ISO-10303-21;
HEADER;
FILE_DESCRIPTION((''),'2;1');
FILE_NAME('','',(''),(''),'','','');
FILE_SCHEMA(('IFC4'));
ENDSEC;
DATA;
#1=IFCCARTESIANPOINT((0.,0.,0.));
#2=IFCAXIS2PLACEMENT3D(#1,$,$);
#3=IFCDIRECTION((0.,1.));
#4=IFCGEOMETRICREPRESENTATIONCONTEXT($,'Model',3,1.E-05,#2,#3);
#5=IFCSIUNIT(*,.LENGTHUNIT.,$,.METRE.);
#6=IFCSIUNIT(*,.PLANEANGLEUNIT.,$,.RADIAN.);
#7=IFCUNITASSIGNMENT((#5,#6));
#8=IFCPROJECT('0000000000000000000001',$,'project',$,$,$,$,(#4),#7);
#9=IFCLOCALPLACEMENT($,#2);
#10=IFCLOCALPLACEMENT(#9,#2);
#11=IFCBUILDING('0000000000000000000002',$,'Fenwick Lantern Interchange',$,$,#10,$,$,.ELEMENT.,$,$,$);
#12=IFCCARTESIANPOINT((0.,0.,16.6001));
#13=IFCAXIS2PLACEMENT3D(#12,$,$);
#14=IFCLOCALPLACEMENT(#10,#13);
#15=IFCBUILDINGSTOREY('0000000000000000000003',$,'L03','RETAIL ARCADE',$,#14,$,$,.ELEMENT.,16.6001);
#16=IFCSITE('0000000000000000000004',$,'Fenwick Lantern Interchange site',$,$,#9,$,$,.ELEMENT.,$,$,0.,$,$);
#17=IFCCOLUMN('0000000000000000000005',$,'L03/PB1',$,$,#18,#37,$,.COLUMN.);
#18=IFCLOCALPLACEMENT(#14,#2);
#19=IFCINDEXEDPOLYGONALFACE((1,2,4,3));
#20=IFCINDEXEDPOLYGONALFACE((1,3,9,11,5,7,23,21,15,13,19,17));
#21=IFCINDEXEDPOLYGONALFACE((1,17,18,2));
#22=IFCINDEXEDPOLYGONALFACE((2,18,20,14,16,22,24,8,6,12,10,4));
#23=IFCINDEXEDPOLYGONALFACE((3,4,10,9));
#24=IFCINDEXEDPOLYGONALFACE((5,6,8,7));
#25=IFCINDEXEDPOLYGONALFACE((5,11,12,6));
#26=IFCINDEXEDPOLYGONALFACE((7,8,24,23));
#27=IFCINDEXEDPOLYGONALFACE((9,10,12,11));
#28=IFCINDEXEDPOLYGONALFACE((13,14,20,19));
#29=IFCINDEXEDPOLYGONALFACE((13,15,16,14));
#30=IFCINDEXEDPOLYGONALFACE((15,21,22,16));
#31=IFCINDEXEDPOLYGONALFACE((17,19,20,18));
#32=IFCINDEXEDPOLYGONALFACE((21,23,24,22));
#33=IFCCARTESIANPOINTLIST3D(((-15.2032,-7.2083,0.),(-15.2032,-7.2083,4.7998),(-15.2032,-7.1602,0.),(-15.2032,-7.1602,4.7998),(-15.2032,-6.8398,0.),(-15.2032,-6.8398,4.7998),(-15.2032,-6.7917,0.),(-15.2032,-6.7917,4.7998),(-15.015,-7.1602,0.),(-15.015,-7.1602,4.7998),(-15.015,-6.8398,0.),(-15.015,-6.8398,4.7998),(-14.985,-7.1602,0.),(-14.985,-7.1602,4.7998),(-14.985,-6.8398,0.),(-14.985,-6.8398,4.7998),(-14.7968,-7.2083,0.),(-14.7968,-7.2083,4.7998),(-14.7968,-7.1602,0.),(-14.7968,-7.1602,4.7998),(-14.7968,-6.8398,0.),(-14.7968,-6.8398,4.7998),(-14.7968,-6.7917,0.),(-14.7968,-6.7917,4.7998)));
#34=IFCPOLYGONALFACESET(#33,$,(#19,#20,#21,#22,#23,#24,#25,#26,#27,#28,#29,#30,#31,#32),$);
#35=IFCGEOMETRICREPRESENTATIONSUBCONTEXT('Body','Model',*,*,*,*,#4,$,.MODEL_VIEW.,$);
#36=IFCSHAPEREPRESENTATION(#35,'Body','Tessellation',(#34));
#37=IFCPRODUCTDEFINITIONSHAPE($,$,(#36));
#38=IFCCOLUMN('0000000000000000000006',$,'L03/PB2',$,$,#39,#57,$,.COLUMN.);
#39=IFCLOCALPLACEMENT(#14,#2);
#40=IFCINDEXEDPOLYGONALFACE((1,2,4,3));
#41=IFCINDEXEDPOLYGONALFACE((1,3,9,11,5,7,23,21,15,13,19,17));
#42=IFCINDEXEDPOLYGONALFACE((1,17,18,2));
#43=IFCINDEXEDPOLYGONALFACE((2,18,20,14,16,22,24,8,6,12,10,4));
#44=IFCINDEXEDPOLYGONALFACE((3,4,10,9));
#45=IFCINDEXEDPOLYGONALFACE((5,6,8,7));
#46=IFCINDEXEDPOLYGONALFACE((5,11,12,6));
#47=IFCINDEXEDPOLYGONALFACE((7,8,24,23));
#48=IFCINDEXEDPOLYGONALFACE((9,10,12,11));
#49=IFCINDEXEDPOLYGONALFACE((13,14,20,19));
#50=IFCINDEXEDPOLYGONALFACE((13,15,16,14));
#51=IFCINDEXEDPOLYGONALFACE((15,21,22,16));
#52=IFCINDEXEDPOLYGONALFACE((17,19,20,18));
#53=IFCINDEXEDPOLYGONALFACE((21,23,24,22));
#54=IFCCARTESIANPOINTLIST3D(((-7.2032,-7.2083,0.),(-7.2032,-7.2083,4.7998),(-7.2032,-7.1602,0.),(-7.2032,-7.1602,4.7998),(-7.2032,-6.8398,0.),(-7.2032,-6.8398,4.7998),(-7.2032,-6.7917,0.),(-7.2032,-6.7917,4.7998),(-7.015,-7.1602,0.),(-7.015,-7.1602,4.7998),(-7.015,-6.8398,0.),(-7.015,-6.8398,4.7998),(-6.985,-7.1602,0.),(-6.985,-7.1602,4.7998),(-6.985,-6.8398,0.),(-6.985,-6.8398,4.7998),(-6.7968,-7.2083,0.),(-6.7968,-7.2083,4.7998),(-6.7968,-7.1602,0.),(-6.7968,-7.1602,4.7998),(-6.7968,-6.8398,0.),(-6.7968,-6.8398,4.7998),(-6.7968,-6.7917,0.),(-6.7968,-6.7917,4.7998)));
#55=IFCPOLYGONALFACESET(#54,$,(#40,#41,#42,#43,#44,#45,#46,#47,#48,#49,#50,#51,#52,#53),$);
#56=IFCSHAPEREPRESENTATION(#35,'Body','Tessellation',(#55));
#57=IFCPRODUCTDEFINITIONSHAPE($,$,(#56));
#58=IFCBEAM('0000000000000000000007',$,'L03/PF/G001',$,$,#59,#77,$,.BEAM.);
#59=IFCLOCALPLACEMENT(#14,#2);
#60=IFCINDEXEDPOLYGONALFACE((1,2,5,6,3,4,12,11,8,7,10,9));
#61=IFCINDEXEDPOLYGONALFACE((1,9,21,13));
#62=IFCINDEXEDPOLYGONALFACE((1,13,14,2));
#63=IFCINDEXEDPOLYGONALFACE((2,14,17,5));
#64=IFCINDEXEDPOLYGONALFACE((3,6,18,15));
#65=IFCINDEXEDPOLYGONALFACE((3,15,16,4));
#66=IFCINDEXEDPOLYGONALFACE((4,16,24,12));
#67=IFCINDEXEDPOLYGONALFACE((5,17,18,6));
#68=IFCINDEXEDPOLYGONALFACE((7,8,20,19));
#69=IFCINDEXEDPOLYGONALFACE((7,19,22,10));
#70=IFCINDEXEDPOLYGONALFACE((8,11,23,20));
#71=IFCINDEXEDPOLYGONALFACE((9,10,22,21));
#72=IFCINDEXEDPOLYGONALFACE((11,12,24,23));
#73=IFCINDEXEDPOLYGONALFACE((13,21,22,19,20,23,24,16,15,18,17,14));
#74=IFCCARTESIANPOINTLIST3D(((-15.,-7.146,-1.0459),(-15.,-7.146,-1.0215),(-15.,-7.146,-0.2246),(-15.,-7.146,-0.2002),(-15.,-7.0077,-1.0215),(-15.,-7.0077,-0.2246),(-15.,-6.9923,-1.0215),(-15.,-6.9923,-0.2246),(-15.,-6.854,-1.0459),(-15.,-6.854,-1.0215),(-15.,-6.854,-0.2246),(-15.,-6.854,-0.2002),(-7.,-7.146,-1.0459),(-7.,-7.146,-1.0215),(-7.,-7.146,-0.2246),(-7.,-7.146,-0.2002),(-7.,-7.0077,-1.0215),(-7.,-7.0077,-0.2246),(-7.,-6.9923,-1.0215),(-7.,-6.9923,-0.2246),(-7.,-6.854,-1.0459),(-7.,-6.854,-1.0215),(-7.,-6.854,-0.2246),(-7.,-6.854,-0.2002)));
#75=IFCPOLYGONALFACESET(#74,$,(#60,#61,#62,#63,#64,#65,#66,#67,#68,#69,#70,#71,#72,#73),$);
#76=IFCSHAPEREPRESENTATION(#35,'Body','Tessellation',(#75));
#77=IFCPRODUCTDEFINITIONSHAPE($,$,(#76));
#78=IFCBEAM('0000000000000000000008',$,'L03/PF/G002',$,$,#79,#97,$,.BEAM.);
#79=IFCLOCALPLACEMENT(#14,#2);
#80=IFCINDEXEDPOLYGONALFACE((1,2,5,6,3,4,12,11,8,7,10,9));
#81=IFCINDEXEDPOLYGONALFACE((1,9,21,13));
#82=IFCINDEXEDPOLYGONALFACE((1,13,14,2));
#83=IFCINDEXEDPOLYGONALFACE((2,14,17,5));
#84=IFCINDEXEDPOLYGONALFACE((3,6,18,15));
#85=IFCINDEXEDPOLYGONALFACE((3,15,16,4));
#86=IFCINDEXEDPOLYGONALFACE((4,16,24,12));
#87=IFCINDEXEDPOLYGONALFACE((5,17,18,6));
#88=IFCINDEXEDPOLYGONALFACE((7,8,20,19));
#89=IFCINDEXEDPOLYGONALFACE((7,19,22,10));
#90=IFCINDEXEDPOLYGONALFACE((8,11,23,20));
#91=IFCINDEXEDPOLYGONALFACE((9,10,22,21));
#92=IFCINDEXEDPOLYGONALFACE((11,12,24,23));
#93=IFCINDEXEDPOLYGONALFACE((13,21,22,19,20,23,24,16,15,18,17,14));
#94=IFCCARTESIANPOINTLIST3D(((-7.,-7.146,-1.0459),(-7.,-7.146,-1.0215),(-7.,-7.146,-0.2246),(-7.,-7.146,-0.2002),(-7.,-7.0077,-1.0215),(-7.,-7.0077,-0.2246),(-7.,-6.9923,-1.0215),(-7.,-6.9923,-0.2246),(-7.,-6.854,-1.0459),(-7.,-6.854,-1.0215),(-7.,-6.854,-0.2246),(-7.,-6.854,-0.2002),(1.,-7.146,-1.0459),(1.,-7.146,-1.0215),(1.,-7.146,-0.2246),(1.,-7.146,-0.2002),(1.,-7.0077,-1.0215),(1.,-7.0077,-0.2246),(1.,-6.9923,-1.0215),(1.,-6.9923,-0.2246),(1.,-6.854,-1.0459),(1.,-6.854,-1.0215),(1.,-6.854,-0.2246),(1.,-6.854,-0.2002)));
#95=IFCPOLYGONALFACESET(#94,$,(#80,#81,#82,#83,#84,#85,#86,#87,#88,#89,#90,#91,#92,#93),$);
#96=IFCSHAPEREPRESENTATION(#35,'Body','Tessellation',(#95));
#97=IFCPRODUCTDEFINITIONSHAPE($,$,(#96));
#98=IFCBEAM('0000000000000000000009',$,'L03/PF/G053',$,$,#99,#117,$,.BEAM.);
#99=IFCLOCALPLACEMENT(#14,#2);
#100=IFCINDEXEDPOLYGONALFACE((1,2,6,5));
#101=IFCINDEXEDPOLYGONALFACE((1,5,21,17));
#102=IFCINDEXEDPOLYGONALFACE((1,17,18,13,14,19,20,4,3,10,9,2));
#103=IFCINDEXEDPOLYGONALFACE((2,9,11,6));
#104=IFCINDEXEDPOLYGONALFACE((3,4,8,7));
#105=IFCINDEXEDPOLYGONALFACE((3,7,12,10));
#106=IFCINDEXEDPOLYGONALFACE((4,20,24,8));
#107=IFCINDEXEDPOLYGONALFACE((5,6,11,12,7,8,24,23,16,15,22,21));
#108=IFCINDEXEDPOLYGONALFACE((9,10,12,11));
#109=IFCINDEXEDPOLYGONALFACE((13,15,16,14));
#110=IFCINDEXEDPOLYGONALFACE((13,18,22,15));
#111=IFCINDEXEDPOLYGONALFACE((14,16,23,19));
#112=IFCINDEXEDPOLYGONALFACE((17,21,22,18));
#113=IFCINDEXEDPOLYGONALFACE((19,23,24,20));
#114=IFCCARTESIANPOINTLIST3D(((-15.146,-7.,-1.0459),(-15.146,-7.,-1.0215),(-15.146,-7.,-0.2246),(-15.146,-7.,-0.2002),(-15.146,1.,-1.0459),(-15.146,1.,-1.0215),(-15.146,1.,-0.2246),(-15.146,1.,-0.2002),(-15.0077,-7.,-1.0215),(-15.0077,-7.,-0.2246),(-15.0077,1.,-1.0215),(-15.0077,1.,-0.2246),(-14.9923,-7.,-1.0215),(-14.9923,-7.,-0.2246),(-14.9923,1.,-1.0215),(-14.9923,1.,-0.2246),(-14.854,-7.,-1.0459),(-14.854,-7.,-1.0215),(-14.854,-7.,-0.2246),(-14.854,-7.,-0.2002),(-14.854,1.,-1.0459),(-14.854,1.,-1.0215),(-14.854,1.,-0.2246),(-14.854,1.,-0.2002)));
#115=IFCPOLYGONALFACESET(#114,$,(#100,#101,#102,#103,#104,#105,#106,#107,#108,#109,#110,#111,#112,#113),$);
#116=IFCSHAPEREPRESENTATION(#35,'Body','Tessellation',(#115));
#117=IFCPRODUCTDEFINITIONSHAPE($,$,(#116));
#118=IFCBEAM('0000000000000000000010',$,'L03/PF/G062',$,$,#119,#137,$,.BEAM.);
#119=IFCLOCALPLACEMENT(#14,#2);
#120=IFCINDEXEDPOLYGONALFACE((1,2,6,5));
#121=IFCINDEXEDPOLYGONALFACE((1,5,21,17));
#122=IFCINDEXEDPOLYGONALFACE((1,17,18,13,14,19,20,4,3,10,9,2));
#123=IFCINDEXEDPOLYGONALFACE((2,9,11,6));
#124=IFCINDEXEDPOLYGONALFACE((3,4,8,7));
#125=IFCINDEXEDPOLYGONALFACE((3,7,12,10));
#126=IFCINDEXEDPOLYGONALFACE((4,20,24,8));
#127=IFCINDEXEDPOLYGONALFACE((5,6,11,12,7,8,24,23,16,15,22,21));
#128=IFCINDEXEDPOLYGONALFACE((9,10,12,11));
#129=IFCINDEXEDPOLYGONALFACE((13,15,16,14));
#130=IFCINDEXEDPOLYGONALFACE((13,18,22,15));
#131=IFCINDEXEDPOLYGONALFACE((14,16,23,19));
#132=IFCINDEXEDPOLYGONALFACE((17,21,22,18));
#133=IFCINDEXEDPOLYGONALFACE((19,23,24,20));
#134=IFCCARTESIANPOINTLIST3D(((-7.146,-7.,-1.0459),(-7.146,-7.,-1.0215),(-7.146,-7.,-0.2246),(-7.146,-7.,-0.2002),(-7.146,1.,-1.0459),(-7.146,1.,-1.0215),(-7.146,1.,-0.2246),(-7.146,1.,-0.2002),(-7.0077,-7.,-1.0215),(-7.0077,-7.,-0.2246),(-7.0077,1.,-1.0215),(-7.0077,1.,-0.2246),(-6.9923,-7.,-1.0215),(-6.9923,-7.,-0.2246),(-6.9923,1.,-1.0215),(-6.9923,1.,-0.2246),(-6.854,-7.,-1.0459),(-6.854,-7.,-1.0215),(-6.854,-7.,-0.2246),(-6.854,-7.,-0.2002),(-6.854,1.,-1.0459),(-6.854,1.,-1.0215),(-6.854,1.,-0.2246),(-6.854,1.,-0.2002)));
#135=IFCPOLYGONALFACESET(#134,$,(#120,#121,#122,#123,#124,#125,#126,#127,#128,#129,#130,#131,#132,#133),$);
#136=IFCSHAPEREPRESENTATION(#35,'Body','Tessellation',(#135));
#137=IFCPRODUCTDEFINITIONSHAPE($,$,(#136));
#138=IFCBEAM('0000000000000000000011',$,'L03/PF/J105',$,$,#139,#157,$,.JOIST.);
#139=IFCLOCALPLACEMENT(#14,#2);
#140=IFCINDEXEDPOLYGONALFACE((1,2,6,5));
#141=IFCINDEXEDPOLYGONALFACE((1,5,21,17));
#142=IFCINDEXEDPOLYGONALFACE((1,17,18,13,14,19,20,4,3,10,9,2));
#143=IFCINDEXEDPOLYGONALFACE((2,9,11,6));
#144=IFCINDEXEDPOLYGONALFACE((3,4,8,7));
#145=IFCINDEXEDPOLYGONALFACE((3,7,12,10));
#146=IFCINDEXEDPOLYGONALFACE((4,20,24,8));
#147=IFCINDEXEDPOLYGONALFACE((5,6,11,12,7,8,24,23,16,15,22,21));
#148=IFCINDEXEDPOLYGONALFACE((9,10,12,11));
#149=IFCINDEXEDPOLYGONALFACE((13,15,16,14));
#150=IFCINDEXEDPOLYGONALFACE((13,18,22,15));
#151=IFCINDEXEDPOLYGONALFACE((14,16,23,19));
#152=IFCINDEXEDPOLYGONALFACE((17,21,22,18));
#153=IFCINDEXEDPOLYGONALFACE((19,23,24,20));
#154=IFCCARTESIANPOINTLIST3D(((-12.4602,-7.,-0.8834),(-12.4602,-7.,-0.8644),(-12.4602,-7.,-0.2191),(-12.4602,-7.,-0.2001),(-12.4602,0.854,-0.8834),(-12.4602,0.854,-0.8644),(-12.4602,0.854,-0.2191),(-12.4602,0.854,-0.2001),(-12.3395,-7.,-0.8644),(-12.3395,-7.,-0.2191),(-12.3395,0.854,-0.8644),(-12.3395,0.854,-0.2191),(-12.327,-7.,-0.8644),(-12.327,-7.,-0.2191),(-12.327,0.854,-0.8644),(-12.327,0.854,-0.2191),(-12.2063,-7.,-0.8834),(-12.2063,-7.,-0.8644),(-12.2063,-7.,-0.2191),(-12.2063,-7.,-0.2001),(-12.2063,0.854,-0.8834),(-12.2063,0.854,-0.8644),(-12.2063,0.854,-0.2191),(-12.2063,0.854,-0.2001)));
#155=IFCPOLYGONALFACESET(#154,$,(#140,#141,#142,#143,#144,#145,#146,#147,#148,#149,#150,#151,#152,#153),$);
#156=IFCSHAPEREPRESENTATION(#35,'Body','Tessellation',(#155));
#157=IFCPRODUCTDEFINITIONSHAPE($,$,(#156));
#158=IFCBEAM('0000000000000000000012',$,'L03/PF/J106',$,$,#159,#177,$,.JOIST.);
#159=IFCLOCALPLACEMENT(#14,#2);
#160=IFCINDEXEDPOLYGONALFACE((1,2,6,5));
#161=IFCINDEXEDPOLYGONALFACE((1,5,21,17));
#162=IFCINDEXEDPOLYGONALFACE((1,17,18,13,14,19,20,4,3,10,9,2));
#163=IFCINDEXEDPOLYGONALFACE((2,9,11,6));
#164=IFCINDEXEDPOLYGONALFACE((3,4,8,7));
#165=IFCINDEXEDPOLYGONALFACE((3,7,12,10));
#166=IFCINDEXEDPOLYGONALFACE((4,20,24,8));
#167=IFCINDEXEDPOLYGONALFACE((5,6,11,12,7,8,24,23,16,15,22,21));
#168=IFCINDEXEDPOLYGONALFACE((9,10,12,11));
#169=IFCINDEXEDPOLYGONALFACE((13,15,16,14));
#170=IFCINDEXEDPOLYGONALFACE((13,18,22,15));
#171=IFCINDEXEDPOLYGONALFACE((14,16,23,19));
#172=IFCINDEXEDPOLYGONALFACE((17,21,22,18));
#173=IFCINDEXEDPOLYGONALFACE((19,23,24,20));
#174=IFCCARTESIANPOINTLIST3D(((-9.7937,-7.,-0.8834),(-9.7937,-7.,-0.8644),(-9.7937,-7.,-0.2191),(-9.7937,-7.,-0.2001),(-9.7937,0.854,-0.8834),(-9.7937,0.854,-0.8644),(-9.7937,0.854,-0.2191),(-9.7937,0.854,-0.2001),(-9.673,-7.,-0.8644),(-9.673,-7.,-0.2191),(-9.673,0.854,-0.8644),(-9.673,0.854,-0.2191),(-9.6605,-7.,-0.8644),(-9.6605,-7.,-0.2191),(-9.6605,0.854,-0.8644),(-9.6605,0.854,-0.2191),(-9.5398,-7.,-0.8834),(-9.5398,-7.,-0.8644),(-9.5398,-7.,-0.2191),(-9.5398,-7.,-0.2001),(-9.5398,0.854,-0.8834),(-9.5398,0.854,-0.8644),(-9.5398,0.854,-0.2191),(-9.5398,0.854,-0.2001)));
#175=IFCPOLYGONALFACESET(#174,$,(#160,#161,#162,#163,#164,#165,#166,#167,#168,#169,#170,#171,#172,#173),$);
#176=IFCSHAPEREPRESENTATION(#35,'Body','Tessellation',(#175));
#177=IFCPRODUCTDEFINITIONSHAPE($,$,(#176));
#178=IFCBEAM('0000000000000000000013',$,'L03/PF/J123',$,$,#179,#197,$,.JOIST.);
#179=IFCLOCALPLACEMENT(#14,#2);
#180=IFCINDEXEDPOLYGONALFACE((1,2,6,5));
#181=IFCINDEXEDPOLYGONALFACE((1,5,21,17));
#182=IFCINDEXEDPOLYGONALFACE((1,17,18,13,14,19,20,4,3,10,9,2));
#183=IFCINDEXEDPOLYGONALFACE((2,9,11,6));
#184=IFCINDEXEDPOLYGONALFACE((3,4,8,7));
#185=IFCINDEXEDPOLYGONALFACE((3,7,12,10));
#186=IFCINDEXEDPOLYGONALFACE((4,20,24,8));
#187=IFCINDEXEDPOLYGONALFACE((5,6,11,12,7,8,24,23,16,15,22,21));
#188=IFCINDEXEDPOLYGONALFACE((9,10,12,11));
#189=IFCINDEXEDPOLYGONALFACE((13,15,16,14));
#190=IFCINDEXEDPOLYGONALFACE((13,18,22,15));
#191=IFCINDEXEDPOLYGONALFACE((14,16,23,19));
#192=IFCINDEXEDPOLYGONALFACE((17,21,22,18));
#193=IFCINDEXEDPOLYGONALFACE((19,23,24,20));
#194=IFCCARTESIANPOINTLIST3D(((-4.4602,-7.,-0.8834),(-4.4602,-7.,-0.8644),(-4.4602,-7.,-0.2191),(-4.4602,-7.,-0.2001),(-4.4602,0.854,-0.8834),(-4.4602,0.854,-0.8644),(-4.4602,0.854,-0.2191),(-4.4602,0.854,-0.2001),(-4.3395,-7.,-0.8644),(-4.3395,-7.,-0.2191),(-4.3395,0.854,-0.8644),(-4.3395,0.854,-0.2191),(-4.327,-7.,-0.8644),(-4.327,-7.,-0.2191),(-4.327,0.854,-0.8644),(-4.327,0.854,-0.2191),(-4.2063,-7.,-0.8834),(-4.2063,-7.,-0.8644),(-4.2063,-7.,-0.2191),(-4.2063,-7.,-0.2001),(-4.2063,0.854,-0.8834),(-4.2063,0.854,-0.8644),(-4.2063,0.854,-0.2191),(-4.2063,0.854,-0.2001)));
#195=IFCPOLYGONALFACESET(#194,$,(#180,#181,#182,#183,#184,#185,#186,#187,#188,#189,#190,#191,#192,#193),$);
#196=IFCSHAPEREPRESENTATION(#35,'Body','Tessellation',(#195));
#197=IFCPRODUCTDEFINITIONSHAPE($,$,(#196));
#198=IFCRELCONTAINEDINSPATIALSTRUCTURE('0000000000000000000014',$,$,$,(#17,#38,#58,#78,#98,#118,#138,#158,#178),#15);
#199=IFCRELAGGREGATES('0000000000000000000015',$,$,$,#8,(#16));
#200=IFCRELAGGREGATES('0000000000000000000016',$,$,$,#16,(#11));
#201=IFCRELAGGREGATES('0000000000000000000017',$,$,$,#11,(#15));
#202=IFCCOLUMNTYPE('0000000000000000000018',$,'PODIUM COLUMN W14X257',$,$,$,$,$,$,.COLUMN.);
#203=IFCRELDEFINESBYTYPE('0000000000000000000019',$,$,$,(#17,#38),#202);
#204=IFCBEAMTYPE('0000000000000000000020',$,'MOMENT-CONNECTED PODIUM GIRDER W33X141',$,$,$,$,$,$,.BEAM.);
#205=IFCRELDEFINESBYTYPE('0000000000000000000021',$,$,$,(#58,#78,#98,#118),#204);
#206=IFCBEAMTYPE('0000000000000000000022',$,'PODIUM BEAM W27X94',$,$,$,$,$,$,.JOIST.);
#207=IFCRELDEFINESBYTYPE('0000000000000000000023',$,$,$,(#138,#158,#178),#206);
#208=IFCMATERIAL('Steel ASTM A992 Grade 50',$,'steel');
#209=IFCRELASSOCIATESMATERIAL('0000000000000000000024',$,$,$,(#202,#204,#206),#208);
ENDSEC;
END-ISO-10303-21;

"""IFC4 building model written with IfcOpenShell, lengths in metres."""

from ifc_helpers import new_model, si_unit, direction, frame, origin, origin_2d, place, context, subcontext, project, spatial, i_section, extrude, material, material_profile, profile_set, type_object, element, save


model = new_model("IFC4")

# Units and contexts
model_context = context("Model", 3, precision=1e-05, world=origin(), true_north=direction((0.0, 1.0)))
body_context = subcontext(model_context, "Body", "Model", "MODEL_VIEW")
ifc_project = project(units=[si_unit("LENGTHUNIT", "METRE"), si_unit("PLANEANGLEUNIT", "RADIAN")], contexts=[model_context])

# Site, building, storey
site_placement = place(None, origin())
site = spatial("IfcSite", under=ifc_project, at=site_placement, Name="Fenwick Lantern Interchange site", CompositionType="ELEMENT", RefElevation=0.0)
building_placement = place(site_placement, origin())
building = spatial("IfcBuilding", under=site, at=building_placement, Name="Fenwick Lantern Interchange", CompositionType="ELEMENT")
storey_placement = place(building_placement, frame((0.0, 0.0, 16.6001)))
storey = spatial("IfcBuildingStorey", under=building, at=storey_placement, Name="L03", Description="RETAIL ARCADE", CompositionType="ELEMENT", Elevation=16.6001)

# Columns
ifc_material_1 = material(Name="Steel ASTM A992 Grade 50", Category="steel")
ifc_material_profile_1 = material_profile(ifc_material_1, i_section(OverallWidth=0.4065, OverallDepth=0.4165, WebThickness=0.03, FlangeThickness=0.0481, at=origin_2d()), Name="W14X257")
ifc_profile_set_1 = profile_set([ifc_material_profile_1], Name="Steel ASTM A992 Grade 50")
column_type = type_object("IfcColumnType", Name="PODIUM COLUMN W14X257", PredefinedType="COLUMN", material=ifc_profile_set_1)
for number, where, z_axis, x_axis, name in (
    (1, (-15.0, -7.0, 0.0), (0.0, 0.0, 1.0), (1.0, 0.0, 0.0), "L03/PB1"),
    (2, (-7.0, -7.0, 0.0), (0.0, 0.0, 1.0), (1.0, 0.0, 0.0), "L03/PB2"),
):
    element("IfcColumn", number, at=place(storey_placement, frame(where, z_axis=z_axis, x_axis=x_axis)), inside=storey, type_object=column_type, Name=name, PredefinedType="COLUMN", context=body_context, shape_type="SweptSolid", body=[
        extrude(i_section(OverallWidth=0.4065, OverallDepth=0.4165, WebThickness=0.03, FlangeThickness=0.0481, at=origin_2d()), origin(), (0.0, 0.0, 1.0), 4.7998),
    ])

# Beams
ifc_material_profile_2 = material_profile(ifc_material_1, i_section(OverallWidth=0.292, OverallDepth=0.8457, WebThickness=0.0154, FlangeThickness=0.0244, at=origin_2d()), Name="W33X141")
ifc_profile_set_2 = profile_set([ifc_material_profile_2], Name="Steel ASTM A992 Grade 50")
beam_type_1 = type_object("IfcBeamType", Name="MOMENT-CONNECTED PODIUM GIRDER W33X141", PredefinedType="BEAM", material=ifc_profile_set_2)
for number, where, z_axis, x_axis, name in (
    (3, (-15.0, -7.0, -0.623), (1.0, 0.0, 0.0), (0.0, 1.0, 0.0), "L03/PF/G001"),
    (4, (-7.0, -7.0, -0.623), (1.0, 0.0, 0.0), (0.0, 1.0, 0.0), "L03/PF/G002"),
    (5, (-15.0, -7.0, -0.623), (0.0, 1.0, 0.0), (-1.0, 0.0, 0.0), "L03/PF/G053"),
    (6, (-7.0, -7.0, -0.623), (0.0, 1.0, 0.0), (-1.0, 0.0, 0.0), "L03/PF/G062"),
):
    element("IfcBeam", number, at=place(storey_placement, frame(where, z_axis=z_axis, x_axis=x_axis)), inside=storey, type_object=beam_type_1, Name=name, PredefinedType="BEAM", context=body_context, shape_type="SweptSolid", body=[
        extrude(i_section(OverallWidth=0.292, OverallDepth=0.8457, WebThickness=0.0154, FlangeThickness=0.0244, at=origin_2d()), origin(), (0.0, 0.0, 1.0), 8.0),
    ])
ifc_material_profile_3 = material_profile(ifc_material_1, i_section(OverallWidth=0.2539, OverallDepth=0.6833, WebThickness=0.0125, FlangeThickness=0.019, at=origin_2d()), Name="W27X94")
ifc_profile_set_3 = profile_set([ifc_material_profile_3], Name="Steel ASTM A992 Grade 50")
beam_type_2 = type_object("IfcBeamType", Name="PODIUM BEAM W27X94", PredefinedType="JOIST", material=ifc_profile_set_3)
for number, where, z_axis, x_axis, name in (
    (7, (-12.3333, -7.0, -0.5417), (0.0, 1.0, 0.0), (-1.0, 0.0, 0.0), "L03/PF/J105"),
    (8, (-9.6667, -7.0, -0.5417), (0.0, 1.0, 0.0), (-1.0, 0.0, 0.0), "L03/PF/J106"),
    (9, (-4.3333, -7.0, -0.5417), (0.0, 1.0, 0.0), (-1.0, 0.0, 0.0), "L03/PF/J123"),
):
    element("IfcBeam", number, at=place(storey_placement, frame(where, z_axis=z_axis, x_axis=x_axis)), inside=storey, type_object=beam_type_2, Name=name, PredefinedType="JOIST", context=body_context, shape_type="SweptSolid", body=[
        extrude(i_section(OverallWidth=0.2539, OverallDepth=0.6833, WebThickness=0.0125, FlangeThickness=0.019, at=origin_2d()), origin(), (0.0, 0.0, 1.0), 7.854),
    ])

save(model, "model.ifc")
